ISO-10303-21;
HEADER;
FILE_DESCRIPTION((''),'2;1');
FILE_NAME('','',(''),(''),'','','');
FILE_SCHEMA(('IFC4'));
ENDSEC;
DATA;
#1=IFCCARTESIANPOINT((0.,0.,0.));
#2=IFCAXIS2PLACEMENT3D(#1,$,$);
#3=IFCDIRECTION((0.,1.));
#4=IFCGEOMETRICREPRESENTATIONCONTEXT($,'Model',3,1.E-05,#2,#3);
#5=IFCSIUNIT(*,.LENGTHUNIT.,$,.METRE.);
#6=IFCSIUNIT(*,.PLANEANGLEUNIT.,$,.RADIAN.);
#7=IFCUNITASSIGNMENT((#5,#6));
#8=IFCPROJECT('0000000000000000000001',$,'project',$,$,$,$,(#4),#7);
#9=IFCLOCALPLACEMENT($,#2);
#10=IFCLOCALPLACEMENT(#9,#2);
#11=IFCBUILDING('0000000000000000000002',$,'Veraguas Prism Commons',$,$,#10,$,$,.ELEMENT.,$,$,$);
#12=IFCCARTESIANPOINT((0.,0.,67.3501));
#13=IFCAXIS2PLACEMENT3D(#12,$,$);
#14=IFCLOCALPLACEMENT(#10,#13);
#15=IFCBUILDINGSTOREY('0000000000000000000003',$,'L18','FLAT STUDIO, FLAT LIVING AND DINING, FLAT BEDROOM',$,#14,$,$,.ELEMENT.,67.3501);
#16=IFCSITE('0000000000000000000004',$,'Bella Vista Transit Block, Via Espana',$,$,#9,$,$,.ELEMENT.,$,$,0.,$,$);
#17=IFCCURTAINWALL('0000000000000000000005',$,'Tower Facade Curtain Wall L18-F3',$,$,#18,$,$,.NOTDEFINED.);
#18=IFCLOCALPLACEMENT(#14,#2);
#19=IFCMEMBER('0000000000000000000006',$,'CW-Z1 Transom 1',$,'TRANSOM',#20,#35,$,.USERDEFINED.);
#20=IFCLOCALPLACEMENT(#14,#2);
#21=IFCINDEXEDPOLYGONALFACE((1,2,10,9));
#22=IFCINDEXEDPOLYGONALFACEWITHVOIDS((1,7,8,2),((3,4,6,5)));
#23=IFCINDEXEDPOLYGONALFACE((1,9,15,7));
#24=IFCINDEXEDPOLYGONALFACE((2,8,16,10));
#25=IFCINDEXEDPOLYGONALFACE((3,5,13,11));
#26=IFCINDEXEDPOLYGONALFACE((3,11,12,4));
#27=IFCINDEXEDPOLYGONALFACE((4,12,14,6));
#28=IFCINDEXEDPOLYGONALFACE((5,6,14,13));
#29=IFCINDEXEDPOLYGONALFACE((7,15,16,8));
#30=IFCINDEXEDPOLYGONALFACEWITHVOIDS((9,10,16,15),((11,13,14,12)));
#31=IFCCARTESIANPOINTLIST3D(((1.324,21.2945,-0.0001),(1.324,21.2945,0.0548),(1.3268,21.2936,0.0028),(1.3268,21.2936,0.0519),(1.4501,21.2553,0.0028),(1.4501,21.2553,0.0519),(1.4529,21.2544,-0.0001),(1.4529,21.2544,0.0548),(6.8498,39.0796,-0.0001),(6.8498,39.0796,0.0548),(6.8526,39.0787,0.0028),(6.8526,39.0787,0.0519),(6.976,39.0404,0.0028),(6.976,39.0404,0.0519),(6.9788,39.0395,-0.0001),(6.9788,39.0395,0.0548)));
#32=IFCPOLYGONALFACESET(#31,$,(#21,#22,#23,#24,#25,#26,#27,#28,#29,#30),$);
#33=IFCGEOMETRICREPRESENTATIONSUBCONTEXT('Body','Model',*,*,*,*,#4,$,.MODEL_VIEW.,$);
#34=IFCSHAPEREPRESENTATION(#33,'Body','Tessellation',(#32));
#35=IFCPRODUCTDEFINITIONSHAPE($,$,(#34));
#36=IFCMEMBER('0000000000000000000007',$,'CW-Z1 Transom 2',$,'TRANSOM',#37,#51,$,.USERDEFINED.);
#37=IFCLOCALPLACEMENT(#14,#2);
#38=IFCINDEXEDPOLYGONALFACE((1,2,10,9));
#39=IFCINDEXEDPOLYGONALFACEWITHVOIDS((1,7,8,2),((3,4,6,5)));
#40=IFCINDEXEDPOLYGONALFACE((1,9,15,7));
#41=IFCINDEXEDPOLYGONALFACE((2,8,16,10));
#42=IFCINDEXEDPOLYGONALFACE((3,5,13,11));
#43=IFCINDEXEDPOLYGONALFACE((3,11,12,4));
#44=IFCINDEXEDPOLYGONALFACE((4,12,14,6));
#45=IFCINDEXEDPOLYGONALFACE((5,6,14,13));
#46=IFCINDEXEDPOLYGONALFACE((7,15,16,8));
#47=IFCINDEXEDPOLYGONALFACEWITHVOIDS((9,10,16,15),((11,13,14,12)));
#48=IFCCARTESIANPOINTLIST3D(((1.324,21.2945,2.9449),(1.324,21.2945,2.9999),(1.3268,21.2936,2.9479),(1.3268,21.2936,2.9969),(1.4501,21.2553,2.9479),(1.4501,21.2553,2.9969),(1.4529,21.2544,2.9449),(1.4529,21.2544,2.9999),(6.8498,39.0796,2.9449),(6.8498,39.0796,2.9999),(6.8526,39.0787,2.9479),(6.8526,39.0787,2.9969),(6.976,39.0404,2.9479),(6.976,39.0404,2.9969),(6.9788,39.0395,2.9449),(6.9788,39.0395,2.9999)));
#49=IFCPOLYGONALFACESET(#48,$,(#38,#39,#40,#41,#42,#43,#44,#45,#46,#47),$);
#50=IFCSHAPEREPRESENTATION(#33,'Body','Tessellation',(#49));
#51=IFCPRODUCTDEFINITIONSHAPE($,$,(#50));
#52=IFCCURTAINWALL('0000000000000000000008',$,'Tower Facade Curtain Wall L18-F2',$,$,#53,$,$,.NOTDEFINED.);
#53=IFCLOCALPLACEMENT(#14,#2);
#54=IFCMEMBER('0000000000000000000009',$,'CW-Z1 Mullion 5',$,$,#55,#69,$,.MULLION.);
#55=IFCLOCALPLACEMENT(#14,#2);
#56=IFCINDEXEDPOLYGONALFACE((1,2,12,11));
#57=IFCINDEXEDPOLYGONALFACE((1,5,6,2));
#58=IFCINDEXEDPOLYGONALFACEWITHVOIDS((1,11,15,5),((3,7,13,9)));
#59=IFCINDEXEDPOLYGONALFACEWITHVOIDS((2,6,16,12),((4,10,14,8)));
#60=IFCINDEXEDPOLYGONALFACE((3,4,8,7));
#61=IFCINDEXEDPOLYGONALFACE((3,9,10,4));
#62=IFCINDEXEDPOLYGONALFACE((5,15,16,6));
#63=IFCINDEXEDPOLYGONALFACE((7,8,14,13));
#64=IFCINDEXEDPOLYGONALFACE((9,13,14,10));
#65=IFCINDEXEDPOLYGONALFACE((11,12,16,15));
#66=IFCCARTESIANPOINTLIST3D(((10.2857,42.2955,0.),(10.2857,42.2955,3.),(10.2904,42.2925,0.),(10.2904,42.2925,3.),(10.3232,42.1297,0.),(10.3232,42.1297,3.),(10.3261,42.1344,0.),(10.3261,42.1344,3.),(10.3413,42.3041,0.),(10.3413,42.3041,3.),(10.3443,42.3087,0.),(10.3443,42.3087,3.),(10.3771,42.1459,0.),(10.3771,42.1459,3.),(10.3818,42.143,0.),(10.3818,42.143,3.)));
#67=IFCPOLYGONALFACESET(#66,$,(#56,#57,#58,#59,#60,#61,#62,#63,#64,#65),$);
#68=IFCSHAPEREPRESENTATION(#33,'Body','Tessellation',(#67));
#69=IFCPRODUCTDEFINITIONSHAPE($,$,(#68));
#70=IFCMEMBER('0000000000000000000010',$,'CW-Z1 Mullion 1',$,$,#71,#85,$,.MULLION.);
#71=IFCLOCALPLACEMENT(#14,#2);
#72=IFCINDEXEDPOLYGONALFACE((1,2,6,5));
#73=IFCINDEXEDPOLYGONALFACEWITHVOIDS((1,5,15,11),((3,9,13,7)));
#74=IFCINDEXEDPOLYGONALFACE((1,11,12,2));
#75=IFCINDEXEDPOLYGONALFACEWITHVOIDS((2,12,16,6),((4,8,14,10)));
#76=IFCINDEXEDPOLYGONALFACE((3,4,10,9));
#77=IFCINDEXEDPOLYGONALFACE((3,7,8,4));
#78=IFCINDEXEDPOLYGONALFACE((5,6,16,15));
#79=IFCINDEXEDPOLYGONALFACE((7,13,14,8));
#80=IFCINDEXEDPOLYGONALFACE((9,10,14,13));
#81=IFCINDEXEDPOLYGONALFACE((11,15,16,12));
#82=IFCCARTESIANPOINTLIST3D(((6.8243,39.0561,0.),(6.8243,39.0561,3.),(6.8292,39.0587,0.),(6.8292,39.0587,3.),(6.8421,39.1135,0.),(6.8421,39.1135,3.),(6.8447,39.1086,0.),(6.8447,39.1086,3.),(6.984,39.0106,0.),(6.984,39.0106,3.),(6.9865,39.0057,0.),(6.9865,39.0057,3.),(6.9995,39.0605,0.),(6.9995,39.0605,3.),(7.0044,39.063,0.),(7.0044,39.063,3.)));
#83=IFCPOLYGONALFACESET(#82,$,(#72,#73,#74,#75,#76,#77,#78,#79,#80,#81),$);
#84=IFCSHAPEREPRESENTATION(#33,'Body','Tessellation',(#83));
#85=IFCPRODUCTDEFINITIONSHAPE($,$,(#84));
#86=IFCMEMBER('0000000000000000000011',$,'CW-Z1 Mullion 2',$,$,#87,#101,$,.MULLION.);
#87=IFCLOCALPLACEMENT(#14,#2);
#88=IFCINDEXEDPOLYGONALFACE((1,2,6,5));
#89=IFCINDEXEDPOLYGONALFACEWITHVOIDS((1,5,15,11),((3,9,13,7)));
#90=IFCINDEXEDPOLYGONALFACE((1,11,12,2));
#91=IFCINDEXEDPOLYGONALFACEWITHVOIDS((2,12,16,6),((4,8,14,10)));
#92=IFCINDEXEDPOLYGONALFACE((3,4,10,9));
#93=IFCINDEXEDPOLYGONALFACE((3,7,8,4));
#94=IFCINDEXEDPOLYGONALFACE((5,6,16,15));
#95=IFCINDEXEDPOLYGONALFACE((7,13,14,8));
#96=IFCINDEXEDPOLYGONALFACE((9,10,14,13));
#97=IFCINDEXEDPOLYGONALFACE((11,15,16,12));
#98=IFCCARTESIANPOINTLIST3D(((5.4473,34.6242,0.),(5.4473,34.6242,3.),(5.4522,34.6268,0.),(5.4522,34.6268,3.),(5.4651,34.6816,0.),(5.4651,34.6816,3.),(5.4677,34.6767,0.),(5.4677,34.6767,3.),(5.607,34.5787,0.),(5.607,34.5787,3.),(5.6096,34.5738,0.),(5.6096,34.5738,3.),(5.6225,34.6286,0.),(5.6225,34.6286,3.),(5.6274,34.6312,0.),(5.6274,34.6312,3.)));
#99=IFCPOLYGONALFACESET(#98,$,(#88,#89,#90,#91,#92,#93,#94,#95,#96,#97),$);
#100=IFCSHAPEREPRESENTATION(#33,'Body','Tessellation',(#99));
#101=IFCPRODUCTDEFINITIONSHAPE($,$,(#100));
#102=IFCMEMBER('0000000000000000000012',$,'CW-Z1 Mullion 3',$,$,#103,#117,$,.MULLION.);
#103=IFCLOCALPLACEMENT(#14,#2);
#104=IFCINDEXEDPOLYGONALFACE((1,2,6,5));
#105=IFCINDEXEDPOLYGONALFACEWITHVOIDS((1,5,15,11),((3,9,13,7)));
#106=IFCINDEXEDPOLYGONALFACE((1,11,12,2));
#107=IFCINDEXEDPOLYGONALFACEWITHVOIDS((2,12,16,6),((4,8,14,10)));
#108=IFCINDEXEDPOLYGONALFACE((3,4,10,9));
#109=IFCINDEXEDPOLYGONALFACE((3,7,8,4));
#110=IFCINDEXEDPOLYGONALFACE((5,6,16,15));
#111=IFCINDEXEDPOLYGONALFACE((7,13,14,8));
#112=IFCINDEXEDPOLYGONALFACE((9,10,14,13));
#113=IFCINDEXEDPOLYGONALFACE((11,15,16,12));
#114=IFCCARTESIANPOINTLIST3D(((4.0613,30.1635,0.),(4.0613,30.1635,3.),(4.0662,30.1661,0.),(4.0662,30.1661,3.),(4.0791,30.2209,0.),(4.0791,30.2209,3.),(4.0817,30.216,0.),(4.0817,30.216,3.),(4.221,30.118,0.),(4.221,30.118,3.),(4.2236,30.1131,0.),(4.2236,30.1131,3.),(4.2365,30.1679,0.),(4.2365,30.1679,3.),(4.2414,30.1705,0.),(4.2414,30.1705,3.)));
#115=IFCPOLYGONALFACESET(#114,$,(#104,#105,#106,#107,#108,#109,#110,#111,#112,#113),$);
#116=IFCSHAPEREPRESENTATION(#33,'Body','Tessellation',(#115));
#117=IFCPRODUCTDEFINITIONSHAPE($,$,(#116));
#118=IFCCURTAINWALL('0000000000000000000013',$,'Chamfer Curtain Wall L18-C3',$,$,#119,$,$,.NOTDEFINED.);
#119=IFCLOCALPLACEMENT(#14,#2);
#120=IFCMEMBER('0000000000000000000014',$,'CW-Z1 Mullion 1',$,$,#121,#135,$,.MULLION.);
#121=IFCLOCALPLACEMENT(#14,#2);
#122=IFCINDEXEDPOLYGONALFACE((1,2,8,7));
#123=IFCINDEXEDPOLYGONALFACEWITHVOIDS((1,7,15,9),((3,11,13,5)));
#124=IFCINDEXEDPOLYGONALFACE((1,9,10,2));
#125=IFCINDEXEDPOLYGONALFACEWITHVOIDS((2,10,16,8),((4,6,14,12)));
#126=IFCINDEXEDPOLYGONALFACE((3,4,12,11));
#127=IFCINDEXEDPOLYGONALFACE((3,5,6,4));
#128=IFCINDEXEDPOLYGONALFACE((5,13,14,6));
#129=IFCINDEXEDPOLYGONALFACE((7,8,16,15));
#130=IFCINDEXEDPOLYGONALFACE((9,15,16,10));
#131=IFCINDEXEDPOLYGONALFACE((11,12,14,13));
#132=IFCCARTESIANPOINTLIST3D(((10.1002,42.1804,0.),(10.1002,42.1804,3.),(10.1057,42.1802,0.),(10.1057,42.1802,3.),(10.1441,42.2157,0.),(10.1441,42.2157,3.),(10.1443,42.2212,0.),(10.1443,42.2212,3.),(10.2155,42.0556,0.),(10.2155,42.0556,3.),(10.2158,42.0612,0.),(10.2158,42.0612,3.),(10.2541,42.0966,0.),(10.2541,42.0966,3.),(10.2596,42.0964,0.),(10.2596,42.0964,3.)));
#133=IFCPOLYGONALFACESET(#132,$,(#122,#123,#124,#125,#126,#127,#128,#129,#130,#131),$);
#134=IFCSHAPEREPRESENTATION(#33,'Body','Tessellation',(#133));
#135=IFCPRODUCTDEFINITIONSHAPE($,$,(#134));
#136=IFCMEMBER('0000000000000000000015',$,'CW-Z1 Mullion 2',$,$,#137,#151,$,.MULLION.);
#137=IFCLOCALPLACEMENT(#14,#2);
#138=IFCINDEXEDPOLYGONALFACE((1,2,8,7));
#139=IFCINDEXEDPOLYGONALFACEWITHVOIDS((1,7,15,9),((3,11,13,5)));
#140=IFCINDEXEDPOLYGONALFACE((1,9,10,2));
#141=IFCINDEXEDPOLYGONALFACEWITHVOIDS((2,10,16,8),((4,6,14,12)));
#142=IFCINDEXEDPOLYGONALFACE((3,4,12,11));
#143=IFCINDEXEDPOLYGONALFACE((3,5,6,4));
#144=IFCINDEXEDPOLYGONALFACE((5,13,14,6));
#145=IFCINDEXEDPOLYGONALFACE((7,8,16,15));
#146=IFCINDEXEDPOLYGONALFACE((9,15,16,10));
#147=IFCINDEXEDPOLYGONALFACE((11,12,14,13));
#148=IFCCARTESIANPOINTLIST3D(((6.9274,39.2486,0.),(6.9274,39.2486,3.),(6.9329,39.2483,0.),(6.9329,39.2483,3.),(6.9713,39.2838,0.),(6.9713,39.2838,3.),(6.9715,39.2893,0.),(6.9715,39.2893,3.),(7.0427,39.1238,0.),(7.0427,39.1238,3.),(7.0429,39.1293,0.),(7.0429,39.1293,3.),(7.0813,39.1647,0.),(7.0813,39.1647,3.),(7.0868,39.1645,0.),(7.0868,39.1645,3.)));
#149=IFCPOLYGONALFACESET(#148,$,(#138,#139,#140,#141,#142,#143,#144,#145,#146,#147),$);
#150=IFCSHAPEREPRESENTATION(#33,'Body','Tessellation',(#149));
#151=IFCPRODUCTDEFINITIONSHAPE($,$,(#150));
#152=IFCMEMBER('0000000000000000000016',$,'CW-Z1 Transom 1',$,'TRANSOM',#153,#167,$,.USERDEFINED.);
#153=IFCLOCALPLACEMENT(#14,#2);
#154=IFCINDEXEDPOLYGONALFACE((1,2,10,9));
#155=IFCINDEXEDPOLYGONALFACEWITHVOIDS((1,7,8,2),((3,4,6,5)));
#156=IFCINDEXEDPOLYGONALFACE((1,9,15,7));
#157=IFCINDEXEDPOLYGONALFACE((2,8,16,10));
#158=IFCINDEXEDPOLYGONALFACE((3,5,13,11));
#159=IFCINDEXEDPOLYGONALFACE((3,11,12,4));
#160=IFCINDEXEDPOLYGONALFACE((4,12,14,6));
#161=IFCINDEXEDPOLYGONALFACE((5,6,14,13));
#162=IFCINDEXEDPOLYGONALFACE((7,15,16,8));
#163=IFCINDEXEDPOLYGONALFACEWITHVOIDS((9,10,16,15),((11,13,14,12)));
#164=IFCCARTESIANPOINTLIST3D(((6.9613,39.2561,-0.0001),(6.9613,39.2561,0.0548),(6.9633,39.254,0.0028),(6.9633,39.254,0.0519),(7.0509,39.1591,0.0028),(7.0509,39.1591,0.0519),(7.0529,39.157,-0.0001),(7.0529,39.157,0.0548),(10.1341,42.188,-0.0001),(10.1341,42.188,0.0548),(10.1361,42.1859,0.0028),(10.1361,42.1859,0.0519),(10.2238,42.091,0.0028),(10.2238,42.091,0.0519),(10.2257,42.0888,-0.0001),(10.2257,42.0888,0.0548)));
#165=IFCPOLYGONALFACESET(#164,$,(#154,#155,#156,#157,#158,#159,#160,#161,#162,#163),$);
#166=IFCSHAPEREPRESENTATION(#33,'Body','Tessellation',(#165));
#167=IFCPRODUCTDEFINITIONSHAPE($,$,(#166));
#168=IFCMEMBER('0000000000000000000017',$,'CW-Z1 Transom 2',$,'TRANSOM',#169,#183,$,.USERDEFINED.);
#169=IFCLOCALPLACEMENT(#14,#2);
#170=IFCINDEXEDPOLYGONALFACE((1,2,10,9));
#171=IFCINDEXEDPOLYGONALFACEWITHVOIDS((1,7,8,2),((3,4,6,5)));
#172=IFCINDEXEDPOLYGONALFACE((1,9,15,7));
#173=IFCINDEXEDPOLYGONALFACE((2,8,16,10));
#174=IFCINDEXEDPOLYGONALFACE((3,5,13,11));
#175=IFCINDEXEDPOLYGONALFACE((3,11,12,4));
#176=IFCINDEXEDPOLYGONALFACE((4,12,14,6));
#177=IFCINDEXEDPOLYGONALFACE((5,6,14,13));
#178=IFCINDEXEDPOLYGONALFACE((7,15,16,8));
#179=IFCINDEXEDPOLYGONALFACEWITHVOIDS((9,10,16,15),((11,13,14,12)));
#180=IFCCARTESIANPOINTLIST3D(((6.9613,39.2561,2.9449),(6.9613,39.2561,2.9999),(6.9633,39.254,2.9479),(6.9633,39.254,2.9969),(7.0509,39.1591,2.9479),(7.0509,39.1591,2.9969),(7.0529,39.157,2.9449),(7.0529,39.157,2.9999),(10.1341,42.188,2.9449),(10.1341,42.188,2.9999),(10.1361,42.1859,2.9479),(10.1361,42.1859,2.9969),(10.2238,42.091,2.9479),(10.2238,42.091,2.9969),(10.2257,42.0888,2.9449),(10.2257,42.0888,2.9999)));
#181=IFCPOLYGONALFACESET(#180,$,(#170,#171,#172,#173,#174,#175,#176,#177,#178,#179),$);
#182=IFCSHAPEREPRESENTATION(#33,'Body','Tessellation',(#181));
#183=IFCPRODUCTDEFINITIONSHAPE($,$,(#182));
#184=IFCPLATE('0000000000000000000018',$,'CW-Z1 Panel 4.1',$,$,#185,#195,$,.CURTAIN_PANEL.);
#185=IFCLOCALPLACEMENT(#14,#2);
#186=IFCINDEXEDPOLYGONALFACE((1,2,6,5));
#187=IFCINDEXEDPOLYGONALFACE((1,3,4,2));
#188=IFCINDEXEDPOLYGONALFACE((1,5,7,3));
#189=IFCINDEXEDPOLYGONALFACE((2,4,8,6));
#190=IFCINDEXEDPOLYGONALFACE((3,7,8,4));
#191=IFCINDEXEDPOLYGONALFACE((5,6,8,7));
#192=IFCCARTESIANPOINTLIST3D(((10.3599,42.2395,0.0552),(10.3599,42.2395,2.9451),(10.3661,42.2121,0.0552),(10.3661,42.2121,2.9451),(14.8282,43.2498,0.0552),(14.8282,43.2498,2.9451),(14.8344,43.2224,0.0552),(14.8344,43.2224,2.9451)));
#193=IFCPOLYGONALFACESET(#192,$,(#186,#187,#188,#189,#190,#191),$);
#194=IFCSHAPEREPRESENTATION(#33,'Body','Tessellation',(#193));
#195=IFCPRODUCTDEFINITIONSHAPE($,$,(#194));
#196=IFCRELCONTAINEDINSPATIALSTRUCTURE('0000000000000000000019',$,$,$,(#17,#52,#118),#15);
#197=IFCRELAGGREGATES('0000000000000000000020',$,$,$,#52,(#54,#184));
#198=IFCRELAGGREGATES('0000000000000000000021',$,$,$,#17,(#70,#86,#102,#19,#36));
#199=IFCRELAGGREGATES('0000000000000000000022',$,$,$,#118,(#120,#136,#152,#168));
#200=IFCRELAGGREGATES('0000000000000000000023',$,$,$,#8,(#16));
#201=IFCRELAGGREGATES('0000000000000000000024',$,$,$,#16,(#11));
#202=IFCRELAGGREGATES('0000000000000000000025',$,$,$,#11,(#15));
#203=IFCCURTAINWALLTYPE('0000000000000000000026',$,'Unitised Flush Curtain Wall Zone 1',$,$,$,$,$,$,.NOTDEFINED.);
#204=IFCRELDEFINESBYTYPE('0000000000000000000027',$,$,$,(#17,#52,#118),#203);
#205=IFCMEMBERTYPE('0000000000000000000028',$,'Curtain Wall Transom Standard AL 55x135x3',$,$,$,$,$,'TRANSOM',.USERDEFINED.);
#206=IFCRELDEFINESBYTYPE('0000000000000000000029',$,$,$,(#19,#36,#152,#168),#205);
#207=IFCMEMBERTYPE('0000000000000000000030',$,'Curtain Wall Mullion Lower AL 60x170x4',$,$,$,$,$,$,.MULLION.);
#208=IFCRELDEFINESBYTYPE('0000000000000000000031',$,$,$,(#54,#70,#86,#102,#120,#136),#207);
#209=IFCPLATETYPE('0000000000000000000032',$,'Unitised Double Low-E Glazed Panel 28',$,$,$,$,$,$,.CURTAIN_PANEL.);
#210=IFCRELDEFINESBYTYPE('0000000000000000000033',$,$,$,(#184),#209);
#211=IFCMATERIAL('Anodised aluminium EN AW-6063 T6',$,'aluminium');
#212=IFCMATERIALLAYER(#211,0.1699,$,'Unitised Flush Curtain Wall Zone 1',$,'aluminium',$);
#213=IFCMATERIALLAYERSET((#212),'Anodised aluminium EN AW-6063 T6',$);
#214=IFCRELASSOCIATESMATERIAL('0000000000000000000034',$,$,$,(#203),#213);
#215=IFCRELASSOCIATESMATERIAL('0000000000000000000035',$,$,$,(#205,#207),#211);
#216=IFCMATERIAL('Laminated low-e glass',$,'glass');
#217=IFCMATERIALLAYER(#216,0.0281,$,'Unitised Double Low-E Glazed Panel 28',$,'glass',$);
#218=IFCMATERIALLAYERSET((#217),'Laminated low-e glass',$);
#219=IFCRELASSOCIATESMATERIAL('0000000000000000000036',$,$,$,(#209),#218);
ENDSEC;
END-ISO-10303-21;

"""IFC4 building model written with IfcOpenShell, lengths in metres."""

from ifc_helpers import new_model, si_unit, direction, frame, origin, origin_2d, place, context, subcontext, project, spatial, rectangle, hollow_rectangle, extrude, source, transform, mapped, material, layer, layer_set, material_profile, profile_set, type_object, element, aggregate, save


model = new_model("IFC4")

# Units and contexts
model_context = context("Model", 3, precision=1e-05, world=origin(), true_north=direction((0.0, 1.0)))
body_context = subcontext(model_context, "Body", "Model", "MODEL_VIEW")
ifc_project = project(units=[si_unit("LENGTHUNIT", "METRE"), si_unit("PLANEANGLEUNIT", "RADIAN")], contexts=[model_context])

# Site, building, storey
site_placement = place(None, origin())
site = spatial("IfcSite", under=ifc_project, at=site_placement, Name="Bella Vista Transit Block, Via Espana", CompositionType="ELEMENT", RefElevation=0.0)
building_placement = place(site_placement, origin())
building = spatial("IfcBuilding", under=site, at=building_placement, Name="Veraguas Prism Commons", CompositionType="ELEMENT")
storey_placement = place(building_placement, frame((0.0, 0.0, 67.3501)))
storey = spatial("IfcBuildingStorey", under=building, at=storey_placement, Name="L18", Description="FLAT STUDIO, FLAT LIVING AND DINING, FLAT BEDROOM", CompositionType="ELEMENT", Elevation=67.3501)

# Curtain wall, members
ifc_material_1 = material(Name="Anodised aluminium EN AW-6063 T6", Category="aluminium")
ifc_layer_1 = layer(ifc_material_1, 0.1699, Name="Unitised Flush Curtain Wall Zone 1", Category="aluminium")
ifc_layer_set_1 = layer_set([ifc_layer_1], Name="Anodised aluminium EN AW-6063 T6")
curtain_wall_type = type_object("IfcCurtainWallType", Name="Unitised Flush Curtain Wall Zone 1", PredefinedType="NOTDEFINED", material=ifc_layer_set_1)
curtain_wall_1_placement = place(storey_placement, origin())
curtain_wall_1 = element("IfcCurtainWall", 1, at=curtain_wall_1_placement, inside=storey, type_object=curtain_wall_type, Name="Tower Facade Curtain Wall L18-F3", PredefinedType="NOTDEFINED")
ifc_material_profile_1 = material_profile(ifc_material_1, hollow_rectangle(XDim=0.0549, YDim=0.135, WallThickness=0.0029, at=origin_2d()), Name="AL55X135X3")
ifc_profile_set_1 = profile_set([ifc_material_profile_1], Name="Anodised aluminium EN AW-6063 T6")
member_type_1 = type_object("IfcMemberType", Name="Curtain Wall Transom Standard AL 55x135x3", ElementType="TRANSOM", PredefinedType="USERDEFINED", material=ifc_profile_set_1)
shared_shape_1 = source(origin(), body_context, "Body", "SweptSolid", [
    extrude(hollow_rectangle(XDim=0.0549, YDim=0.135, WallThickness=0.0029, at=origin_2d()), origin(), (0.0, 0.0, 1.0), 18.6238),
])
member_1_placement = place(storey_placement, frame((6.9143, 39.0596, 0.0273), z_axis=(-0.29671, -0.954968, 0.0), x_axis=(0.0, 0.0, 1.0)))
member_1 = element("IfcMember", 2, at=member_1_placement, type_object=member_type_1, Name="CW-Z1 Transom 1", ObjectType="TRANSOM", PredefinedType="USERDEFINED", context=body_context, shape_type="MappedRepresentation", body=[
    mapped(shared_shape_1, transform((0.0, 0.0, 0.0), scale=1.0)),
])
member_2_placement = place(storey_placement, frame((6.9143, 39.0596, 2.9724), z_axis=(-0.29671, -0.954968, 0.0), x_axis=(0.0, 0.0, 1.0)))
member_2 = element("IfcMember", 3, at=member_2_placement, type_object=member_type_1, Name="CW-Z1 Transom 2", ObjectType="TRANSOM", PredefinedType="USERDEFINED", context=body_context, shape_type="MappedRepresentation", body=[
    mapped(shared_shape_1, transform((0.0, 0.0, 0.0), scale=1.0)),
])

# Curtain wall, member
curtain_wall_2_placement = place(storey_placement, origin())
curtain_wall_2 = element("IfcCurtainWall", 4, at=curtain_wall_2_placement, inside=storey, type_object=curtain_wall_type, Name="Tower Facade Curtain Wall L18-F2", PredefinedType="NOTDEFINED")
ifc_material_profile_2 = material_profile(ifc_material_1, hollow_rectangle(XDim=0.0601, YDim=0.1699, WallThickness=0.0039, at=origin_2d()), Name="AL60X170X4")
ifc_profile_set_2 = profile_set([ifc_material_profile_2], Name="Anodised aluminium EN AW-6063 T6")
member_type_2 = type_object("IfcMemberType", Name="Curtain Wall Mullion Lower AL 60x170x4", PredefinedType="MULLION", material=ifc_profile_set_2)
shared_shape_2 = source(origin(), body_context, "Body", "SweptSolid", [
    extrude(hollow_rectangle(XDim=0.0601, YDim=0.1699, WallThickness=0.0039, at=origin_2d()), origin(), (0.0, 0.0, 1.0), 3.0),
])
member_3_placement = place(storey_placement, frame((10.3337, 42.2192, 0.0), z_axis=(0.0, 0.0, 1.0), x_axis=(-0.97538, -0.220532, 0.0)))
member_3 = element("IfcMember", 5, at=member_3_placement, type_object=member_type_2, Name="CW-Z1 Mullion 5", PredefinedType="MULLION", context=body_context, shape_type="MappedRepresentation", body=[
    mapped(shared_shape_2, transform((0.0, 0.0, 0.0), scale=1.0)),
])

# Members
member_4_placement = place(storey_placement, frame((6.9143, 39.0596, 0.0), z_axis=(0.0, 0.0, 1.0), x_axis=(-0.29671, -0.954968, 0.0)))
member_4 = element("IfcMember", 6, at=member_4_placement, type_object=member_type_2, Name="CW-Z1 Mullion 1", PredefinedType="MULLION", context=body_context, shape_type="MappedRepresentation", body=[
    mapped(shared_shape_2, transform((0.0, 0.0, 0.0), scale=1.0)),
])
member_5_placement = place(storey_placement, frame((5.5374, 34.6277, 0.0), z_axis=(0.0, 0.0, 1.0), x_axis=(-0.29671, -0.954968, 0.0)))
member_5 = element("IfcMember", 7, at=member_5_placement, type_object=member_type_2, Name="CW-Z1 Mullion 2", PredefinedType="MULLION", context=body_context, shape_type="MappedRepresentation", body=[
    mapped(shared_shape_2, transform((0.0, 0.0, 0.0), scale=1.0)),
])
member_6_placement = place(storey_placement, frame((4.1514, 30.167, 0.0), z_axis=(0.0, 0.0, 1.0), x_axis=(-0.29671, -0.954968, 0.0)))
member_6 = element("IfcMember", 8, at=member_6_placement, type_object=member_type_2, Name="CW-Z1 Mullion 3", PredefinedType="MULLION", context=body_context, shape_type="MappedRepresentation", body=[
    mapped(shared_shape_2, transform((0.0, 0.0, 0.0), scale=1.0)),
])

# Curtain wall, members
curtain_wall_3_placement = place(storey_placement, origin())
curtain_wall_3 = element("IfcCurtainWall", 9, at=curtain_wall_3_placement, inside=storey, type_object=curtain_wall_type, Name="Chamfer Curtain Wall L18-C3", PredefinedType="NOTDEFINED")
member_7_placement = place(storey_placement, frame((10.1799, 42.1384, 0.0), z_axis=(0.0, 0.0, 1.0), x_axis=(-0.734434, -0.67868, 0.0)))
member_7 = element("IfcMember", 10, at=member_7_placement, type_object=member_type_2, Name="CW-Z1 Mullion 1", PredefinedType="MULLION", context=body_context, shape_type="MappedRepresentation", body=[
    mapped(shared_shape_2, transform((0.0, 0.0, 0.0), scale=1.0)),
])
member_8_placement = place(storey_placement, frame((7.0071, 39.2065, 0.0), z_axis=(0.0, 0.0, 1.0), x_axis=(-0.734434, -0.67868, 0.0)))
member_8 = element("IfcMember", 11, at=member_8_placement, type_object=member_type_2, Name="CW-Z1 Mullion 2", PredefinedType="MULLION", context=body_context, shape_type="MappedRepresentation", body=[
    mapped(shared_shape_2, transform((0.0, 0.0, 0.0), scale=1.0)),
])
shared_shape_3 = source(origin(), body_context, "Body", "SweptSolid", [
    extrude(hollow_rectangle(XDim=0.0549, YDim=0.135, WallThickness=0.0029, at=origin_2d()), origin(), (0.0, 0.0, 1.0), 4.3201),
])
member_9_placement = place(storey_placement, frame((10.1799, 42.1384, 0.0273), z_axis=(-0.734446, -0.678667, 0.0), x_axis=(0.0, 0.0, 1.0)))
member_9 = element("IfcMember", 12, at=member_9_placement, type_object=member_type_1, Name="CW-Z1 Transom 1", ObjectType="TRANSOM", PredefinedType="USERDEFINED", context=body_context, shape_type="MappedRepresentation", body=[
    mapped(shared_shape_3, transform((0.0, 0.0, 0.0), scale=1.0)),
])
member_10_placement = place(storey_placement, frame((10.1799, 42.1384, 2.9724), z_axis=(-0.734446, -0.678667, 0.0), x_axis=(0.0, 0.0, 1.0)))
member_10 = element("IfcMember", 13, at=member_10_placement, type_object=member_type_1, Name="CW-Z1 Transom 2", ObjectType="TRANSOM", PredefinedType="USERDEFINED", context=body_context, shape_type="MappedRepresentation", body=[
    mapped(shared_shape_3, transform((0.0, 0.0, 0.0), scale=1.0)),
])

# Plate
ifc_material_2 = material(Name="Laminated low-e glass", Category="glass")
ifc_layer_2 = layer(ifc_material_2, 0.0281, Name="Unitised Double Low-E Glazed Panel 28", Category="glass")
ifc_layer_set_2 = layer_set([ifc_layer_2], Name="Laminated low-e glass")
plate_type = type_object("IfcPlateType", Name="Unitised Double Low-E Glazed Panel 28", PredefinedType="CURTAIN_PANEL", material=ifc_layer_set_2)
shared_shape_4 = source(origin(), body_context, "Body", "SweptSolid", [
    extrude(rectangle(XDim=4.5811, YDim=0.0281, at=origin_2d()), origin(), (0.0, 0.0, 1.0), 2.8899),
])
plate_1_placement = place(storey_placement, frame((12.5972, 42.731, 0.0552), z_axis=(0.0, 0.0, 1.0), x_axis=(-0.97538, -0.220532, 0.0)))
plate_1 = element("IfcPlate", 14, at=plate_1_placement, type_object=plate_type, Name="CW-Z1 Panel 4.1", PredefinedType="CURTAIN_PANEL", context=body_context, shape_type="MappedRepresentation", body=[
    mapped(shared_shape_4, transform((0.0, 0.0, 0.0), scale=1.0)),
])
aggregate(curtain_wall_2, [member_3, plate_1])
aggregate(curtain_wall_1, [member_4, member_5, member_6, member_1, member_2])
aggregate(curtain_wall_3, [member_7, member_8, member_9, member_10])

save(model, "model.ifc")
